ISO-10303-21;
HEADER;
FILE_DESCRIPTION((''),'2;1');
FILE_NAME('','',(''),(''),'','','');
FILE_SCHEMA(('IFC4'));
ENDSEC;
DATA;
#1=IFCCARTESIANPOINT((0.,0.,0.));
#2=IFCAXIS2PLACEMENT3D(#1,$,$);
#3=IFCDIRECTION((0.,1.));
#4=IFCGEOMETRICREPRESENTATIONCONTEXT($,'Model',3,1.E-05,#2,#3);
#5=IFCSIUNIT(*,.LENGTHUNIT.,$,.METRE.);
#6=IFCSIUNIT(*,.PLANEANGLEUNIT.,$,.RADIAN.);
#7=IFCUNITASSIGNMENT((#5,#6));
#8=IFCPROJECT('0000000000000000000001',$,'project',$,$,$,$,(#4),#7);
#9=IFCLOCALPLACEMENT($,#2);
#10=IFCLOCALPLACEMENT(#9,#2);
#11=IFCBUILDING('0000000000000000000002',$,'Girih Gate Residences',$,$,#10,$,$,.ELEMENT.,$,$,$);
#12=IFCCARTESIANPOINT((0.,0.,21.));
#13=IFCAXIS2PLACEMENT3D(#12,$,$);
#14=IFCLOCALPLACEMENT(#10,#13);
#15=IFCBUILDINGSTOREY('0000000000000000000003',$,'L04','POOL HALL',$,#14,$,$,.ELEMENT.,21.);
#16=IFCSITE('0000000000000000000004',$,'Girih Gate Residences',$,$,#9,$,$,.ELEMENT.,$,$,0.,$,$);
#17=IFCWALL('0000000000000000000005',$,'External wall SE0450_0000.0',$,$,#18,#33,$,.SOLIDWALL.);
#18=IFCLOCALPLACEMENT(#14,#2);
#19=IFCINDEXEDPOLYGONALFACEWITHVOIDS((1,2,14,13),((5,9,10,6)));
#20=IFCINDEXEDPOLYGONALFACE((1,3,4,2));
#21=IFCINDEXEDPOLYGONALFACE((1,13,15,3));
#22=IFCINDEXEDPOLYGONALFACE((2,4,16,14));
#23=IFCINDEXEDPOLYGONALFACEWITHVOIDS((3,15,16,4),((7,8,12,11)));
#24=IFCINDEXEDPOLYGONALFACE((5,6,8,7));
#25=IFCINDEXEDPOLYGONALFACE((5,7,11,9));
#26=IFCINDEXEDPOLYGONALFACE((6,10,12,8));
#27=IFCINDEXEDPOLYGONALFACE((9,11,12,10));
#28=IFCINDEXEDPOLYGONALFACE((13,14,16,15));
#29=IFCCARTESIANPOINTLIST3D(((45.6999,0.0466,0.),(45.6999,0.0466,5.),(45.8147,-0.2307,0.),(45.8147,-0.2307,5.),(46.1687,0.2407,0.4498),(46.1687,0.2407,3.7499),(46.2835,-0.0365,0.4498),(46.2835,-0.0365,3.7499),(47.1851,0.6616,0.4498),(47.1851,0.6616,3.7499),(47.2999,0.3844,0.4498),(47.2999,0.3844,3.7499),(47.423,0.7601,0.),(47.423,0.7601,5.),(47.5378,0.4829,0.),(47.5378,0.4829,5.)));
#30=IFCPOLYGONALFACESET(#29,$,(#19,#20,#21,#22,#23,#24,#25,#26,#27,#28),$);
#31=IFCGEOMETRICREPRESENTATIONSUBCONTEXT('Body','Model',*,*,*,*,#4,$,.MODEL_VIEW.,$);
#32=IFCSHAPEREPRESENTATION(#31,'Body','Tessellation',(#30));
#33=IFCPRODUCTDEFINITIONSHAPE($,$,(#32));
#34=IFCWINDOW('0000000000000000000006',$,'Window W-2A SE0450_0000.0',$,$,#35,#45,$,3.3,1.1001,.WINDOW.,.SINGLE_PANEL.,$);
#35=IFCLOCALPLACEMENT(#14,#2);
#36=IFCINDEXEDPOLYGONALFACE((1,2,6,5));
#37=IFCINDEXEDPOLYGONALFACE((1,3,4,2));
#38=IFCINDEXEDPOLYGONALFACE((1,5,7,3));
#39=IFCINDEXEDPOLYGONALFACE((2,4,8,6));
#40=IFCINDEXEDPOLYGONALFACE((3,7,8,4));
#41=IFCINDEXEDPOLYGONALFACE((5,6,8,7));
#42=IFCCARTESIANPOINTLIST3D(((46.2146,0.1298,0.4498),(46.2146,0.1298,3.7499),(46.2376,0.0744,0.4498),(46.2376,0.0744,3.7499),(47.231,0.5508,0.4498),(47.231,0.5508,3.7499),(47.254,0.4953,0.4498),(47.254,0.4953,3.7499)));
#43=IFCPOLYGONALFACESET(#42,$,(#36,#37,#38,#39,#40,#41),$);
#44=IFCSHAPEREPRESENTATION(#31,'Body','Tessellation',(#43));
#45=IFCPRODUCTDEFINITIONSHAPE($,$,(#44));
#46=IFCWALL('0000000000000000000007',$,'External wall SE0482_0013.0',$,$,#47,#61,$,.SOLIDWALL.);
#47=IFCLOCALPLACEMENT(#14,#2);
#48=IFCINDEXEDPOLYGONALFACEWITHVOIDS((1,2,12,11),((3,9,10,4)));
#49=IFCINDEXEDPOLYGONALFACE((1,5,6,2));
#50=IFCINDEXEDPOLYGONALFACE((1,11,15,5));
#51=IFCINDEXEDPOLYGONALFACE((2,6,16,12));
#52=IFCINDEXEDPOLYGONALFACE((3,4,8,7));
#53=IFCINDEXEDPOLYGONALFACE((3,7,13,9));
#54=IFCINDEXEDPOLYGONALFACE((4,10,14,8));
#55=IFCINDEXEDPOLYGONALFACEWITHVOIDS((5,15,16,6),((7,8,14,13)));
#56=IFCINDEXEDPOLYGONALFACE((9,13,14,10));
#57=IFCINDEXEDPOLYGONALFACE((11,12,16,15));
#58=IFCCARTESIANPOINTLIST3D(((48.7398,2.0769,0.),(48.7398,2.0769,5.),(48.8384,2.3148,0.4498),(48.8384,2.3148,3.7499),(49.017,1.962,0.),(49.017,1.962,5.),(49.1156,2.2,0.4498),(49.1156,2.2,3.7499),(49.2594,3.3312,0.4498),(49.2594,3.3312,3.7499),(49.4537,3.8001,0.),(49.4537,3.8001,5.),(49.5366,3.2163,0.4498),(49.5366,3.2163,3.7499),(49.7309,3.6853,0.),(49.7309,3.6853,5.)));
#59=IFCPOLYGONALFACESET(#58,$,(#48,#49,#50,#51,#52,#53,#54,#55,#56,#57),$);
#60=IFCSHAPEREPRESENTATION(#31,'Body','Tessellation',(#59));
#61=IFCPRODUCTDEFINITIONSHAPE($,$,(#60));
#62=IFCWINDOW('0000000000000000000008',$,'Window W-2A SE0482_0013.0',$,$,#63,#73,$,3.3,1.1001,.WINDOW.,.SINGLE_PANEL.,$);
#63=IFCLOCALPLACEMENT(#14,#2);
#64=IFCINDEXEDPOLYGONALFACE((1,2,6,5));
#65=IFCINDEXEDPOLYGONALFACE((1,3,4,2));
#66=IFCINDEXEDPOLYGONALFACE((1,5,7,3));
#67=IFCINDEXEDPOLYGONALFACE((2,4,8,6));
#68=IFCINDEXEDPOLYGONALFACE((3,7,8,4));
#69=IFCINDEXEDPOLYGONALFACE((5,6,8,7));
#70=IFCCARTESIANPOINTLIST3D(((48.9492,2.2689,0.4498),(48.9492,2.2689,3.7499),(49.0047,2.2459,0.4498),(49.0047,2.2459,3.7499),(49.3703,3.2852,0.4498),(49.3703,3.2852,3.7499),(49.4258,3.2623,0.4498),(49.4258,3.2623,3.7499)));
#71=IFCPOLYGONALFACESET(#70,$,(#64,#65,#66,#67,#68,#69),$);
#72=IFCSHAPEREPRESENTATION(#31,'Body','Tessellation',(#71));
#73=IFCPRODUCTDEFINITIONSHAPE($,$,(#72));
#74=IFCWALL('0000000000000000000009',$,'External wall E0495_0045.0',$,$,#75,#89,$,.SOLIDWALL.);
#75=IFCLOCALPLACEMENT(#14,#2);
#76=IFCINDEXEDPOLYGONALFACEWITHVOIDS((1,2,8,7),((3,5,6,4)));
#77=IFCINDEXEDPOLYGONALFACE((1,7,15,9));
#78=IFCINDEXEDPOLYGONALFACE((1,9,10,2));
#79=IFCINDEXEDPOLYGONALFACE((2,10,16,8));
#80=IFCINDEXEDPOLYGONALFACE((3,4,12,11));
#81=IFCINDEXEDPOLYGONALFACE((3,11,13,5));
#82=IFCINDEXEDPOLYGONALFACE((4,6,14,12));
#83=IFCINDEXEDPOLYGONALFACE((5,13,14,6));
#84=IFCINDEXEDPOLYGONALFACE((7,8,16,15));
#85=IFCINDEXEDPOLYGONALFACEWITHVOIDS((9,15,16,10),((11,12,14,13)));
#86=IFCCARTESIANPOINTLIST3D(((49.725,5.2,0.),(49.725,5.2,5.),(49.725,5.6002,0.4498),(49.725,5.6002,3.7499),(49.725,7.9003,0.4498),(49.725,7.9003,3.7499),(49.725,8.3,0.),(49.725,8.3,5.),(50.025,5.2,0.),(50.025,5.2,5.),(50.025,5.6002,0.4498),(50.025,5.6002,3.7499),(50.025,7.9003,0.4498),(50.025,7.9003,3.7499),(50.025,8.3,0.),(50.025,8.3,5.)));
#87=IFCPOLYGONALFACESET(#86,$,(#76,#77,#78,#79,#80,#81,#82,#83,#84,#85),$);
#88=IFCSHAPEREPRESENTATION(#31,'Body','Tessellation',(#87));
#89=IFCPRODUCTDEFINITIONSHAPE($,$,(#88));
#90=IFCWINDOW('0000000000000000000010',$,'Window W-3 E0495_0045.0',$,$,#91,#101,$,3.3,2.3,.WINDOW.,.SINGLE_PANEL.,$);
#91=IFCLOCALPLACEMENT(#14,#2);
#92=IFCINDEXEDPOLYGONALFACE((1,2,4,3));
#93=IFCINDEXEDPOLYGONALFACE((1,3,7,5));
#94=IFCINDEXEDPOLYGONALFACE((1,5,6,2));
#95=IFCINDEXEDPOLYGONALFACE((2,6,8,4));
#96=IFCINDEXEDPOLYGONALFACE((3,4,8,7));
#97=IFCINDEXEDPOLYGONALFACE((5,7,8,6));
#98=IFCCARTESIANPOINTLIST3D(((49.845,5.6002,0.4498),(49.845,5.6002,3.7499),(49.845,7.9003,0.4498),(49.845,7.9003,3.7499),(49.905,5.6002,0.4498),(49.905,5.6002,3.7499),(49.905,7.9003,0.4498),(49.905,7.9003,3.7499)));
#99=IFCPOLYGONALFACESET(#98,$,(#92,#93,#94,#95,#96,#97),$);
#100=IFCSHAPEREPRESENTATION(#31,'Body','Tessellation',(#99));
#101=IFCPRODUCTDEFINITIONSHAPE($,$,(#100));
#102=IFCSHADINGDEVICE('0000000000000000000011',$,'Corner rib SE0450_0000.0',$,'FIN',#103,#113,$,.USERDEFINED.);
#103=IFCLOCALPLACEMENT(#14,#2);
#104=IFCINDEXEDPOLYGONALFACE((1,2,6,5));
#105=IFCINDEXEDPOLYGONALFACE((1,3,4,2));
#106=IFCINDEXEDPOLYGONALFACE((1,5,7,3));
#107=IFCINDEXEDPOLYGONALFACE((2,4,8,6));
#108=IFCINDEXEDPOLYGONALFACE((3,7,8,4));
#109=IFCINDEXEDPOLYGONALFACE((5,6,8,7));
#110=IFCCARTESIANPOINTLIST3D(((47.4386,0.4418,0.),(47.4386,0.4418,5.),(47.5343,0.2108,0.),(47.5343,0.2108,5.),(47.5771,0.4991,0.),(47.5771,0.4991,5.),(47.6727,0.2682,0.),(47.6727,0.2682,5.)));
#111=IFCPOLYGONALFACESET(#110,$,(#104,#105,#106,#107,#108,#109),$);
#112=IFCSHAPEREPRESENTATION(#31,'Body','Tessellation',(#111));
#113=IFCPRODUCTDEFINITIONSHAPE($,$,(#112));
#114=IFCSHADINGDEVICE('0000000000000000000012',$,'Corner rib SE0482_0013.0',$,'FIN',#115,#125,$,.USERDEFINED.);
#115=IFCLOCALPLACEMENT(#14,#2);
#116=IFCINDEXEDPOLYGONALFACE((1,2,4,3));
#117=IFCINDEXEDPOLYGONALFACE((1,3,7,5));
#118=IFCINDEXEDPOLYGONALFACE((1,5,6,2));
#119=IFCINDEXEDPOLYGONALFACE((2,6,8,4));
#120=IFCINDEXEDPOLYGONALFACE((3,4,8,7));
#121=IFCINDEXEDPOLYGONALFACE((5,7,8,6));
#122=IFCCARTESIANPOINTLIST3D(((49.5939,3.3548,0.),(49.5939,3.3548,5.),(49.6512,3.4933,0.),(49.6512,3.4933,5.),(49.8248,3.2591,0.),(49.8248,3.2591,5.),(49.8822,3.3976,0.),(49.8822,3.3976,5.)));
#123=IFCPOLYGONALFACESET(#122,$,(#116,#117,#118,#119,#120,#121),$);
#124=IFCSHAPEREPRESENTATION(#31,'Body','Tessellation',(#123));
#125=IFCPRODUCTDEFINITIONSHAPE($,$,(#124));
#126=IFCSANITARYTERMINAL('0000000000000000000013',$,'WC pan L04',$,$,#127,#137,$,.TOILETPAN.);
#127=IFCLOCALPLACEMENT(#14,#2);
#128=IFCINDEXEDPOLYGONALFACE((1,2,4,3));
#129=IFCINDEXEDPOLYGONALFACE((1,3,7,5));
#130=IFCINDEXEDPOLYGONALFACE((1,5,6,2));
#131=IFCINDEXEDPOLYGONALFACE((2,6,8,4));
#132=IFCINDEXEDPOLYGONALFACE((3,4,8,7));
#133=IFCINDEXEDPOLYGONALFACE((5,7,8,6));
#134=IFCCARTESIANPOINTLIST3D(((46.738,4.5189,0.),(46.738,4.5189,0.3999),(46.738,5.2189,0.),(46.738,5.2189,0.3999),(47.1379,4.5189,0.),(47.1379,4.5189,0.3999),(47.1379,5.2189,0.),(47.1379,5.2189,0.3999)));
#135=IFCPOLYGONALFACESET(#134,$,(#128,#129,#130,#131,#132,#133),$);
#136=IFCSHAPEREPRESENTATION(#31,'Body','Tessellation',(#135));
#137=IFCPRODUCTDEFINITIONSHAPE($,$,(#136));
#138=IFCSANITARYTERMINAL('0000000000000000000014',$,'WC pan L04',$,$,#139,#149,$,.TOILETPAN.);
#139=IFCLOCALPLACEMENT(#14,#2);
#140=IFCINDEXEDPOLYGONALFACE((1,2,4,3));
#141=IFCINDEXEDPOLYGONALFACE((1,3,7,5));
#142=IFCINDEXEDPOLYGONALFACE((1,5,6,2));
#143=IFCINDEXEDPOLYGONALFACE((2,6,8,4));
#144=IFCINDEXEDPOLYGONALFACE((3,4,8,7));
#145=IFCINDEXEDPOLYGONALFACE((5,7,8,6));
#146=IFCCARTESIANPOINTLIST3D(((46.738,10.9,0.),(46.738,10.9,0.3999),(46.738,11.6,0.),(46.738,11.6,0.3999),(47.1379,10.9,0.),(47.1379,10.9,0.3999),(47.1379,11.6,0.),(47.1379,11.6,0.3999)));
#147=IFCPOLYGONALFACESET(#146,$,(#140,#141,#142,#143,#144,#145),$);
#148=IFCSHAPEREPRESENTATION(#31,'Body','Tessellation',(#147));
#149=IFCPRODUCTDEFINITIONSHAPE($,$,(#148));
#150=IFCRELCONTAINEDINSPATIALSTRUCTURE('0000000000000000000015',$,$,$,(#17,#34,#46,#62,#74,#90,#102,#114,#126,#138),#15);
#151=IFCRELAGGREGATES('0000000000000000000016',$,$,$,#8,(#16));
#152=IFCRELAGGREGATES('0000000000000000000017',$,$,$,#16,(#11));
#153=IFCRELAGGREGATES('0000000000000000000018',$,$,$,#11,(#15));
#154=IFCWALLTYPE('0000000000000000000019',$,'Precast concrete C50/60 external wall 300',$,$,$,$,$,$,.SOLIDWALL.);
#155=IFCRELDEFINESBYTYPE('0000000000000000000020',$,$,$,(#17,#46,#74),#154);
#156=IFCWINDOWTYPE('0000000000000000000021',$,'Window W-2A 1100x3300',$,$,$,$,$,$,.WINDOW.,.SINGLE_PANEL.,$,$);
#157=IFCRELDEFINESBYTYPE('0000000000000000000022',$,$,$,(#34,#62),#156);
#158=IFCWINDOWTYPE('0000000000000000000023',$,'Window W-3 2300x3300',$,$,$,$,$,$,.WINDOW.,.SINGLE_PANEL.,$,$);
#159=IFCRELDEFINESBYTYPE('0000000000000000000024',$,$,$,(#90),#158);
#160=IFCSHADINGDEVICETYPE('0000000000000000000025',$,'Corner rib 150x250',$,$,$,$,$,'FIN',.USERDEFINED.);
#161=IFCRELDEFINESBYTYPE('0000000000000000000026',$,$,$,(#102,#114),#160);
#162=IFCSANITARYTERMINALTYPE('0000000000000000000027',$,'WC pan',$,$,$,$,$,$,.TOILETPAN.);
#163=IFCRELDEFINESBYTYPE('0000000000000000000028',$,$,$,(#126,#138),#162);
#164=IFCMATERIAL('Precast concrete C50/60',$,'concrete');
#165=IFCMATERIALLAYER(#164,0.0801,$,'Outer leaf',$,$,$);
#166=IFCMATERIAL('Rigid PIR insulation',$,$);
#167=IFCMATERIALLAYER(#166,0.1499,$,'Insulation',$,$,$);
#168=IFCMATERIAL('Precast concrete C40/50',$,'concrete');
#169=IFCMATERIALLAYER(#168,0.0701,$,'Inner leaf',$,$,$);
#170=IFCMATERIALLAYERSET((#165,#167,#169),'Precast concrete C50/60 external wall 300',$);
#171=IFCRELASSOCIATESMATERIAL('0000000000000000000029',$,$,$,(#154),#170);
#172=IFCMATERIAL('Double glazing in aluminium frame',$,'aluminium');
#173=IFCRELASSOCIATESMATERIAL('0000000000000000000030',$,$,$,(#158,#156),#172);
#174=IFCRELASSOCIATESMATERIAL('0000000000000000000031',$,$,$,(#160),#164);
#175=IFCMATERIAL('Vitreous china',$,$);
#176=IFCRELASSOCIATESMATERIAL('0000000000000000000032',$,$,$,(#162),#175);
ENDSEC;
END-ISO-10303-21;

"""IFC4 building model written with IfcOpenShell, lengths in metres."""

from ifc_helpers import new_model, si_unit, direction, frame, frame_2d, origin, origin_2d, place, context, subcontext, project, spatial, rectangle, extrude, material, layer, layer_set, type_object, element, fill, save


model = new_model("IFC4")

# Units and contexts
model_context = context("Model", 3, precision=1e-05, world=origin(), true_north=direction((0.0, 1.0)))
body_context = subcontext(model_context, "Body", "Model", "MODEL_VIEW")
ifc_project = project(units=[si_unit("LENGTHUNIT", "METRE"), si_unit("PLANEANGLEUNIT", "RADIAN")], contexts=[model_context])

# Site, building, storey
site_placement = place(None, origin())
site = spatial("IfcSite", under=ifc_project, at=site_placement, Name="Girih Gate Residences", CompositionType="ELEMENT", RefElevation=0.0)
building_placement = place(site_placement, origin())
building = spatial("IfcBuilding", under=site, at=building_placement, Name="Girih Gate Residences", CompositionType="ELEMENT")
storey_placement = place(building_placement, frame((0.0, 0.0, 21.0)))
storey = spatial("IfcBuildingStorey", under=building, at=storey_placement, Name="L04", Description="POOL HALL", CompositionType="ELEMENT", Elevation=21.0)

# Walls, openings, windows
ifc_material_1 = material(Name="Precast concrete C50/60", Category="concrete")
ifc_layer_1 = layer(ifc_material_1, 0.0801, Name="Outer leaf")
ifc_material_2 = material(Name="Rigid PIR insulation")
ifc_layer_2 = layer(ifc_material_2, 0.1499, Name="Insulation")
ifc_material_3 = material(Name="Precast concrete C40/50", Category="concrete")
ifc_layer_3 = layer(ifc_material_3, 0.0701, Name="Inner leaf")
ifc_layer_set_1 = layer_set([ifc_layer_1, ifc_layer_2, ifc_layer_3], Name="Precast concrete C50/60 external wall 300")
wall_type_1 = type_object("IfcWallType", Name="Precast concrete C50/60 external wall 300", PredefinedType="SOLIDWALL", material=ifc_layer_set_1)
ifc_material_4 = material(Name="Double glazing in aluminium frame", Category="aluminium")
window_type_1 = type_object("IfcWindowType", Name="Window W-3 2300x3300", PartitioningType="SINGLE_PANEL", PredefinedType="WINDOW", material=ifc_material_4)
wall_1_placement = place(storey_placement, frame((47.4805, 0.6216, 0.0), z_axis=(0.0, 0.0, 1.0), x_axis=(-0.923904, -0.382625, 0.0)))
wall_1 = element("IfcWall", 1, at=wall_1_placement, inside=storey, type_object=wall_type_1, Name="External wall SE0450_0000.0", PredefinedType="SOLIDWALL", context=body_context, shape_type="SweptSolid", body=[
    extrude(rectangle(XDim=1.865, YDim=0.3, at=frame_2d((0.9326, 0.0))), origin(), (0.0, 0.0, 1.0), 5.0),
])
opening_1_placement = place(wall_1_placement, frame((0.2576, 0.0, 0.45)))
opening_1 = element("IfcOpeningElement", 2, at=opening_1_placement, cuts=wall_1, PredefinedType="OPENING", context=body_context, shape_type="SweptSolid", body=[
    extrude(rectangle(XDim=1.1001, YDim=3.3, at=frame_2d((0.55, 1.6499))), frame((0.0, 0.1599, 0.0), z_axis=(0.0, -1.0, 0.0), x_axis=(1.0, 0.0, 0.0)), (0.0, 0.0, 1.0), 0.3201),
])
window_type_2 = type_object("IfcWindowType", Name="Window W-2A 1100x3300", PartitioningType="SINGLE_PANEL", PredefinedType="WINDOW", material=ifc_material_4)
window_1_placement = place(opening_1_placement, origin())
window_1 = element("IfcWindow", 3, at=window_1_placement, inside=storey, type_object=window_type_2, Name="Window W-2A SE0450_0000.0", OverallHeight=3.3, OverallWidth=1.1001, PartitioningType="SINGLE_PANEL", PredefinedType="WINDOW", context=body_context, shape_type="SweptSolid", body=[
    extrude(rectangle(XDim=1.1001, YDim=3.3, at=frame_2d((0.55, 1.6499))), frame((0.0, 0.03, 0.0), z_axis=(0.0, -1.0, 0.0), x_axis=(1.0, 0.0, 0.0)), (0.0, 0.0, 1.0), 0.0601),
])
fill(opening_1, window_1)
wall_2_placement = place(storey_placement, frame((49.5923, 3.7427, 0.0), z_axis=(0.0, 0.0, 1.0), x_axis=(-0.382737, -0.923857, 0.0)))
wall_2 = element("IfcWall", 4, at=wall_2_placement, inside=storey, type_object=wall_type_1, Name="External wall SE0482_0013.0", PredefinedType="SOLIDWALL", context=body_context, shape_type="SweptSolid", body=[
    extrude(rectangle(XDim=1.8652, YDim=0.3, at=frame_2d((0.9326, 0.0))), origin(), (0.0, 0.0, 1.0), 5.0),
])
opening_2_placement = place(wall_2_placement, frame((0.5076, 0.0, 0.45)))
opening_2 = element("IfcOpeningElement", 5, at=opening_2_placement, cuts=wall_2, PredefinedType="OPENING", context=body_context, shape_type="SweptSolid", body=[
    extrude(rectangle(XDim=1.1001, YDim=3.3, at=frame_2d((0.55, 1.6499))), frame((0.0, 0.1599, 0.0), z_axis=(0.0, -1.0, 0.0), x_axis=(1.0, 0.0, 0.0)), (0.0, 0.0, 1.0), 0.3201),
])
window_2_placement = place(opening_2_placement, origin())
window_2 = element("IfcWindow", 6, at=window_2_placement, inside=storey, type_object=window_type_2, Name="Window W-2A SE0482_0013.0", OverallHeight=3.3, OverallWidth=1.1001, PartitioningType="SINGLE_PANEL", PredefinedType="WINDOW", context=body_context, shape_type="SweptSolid", body=[
    extrude(rectangle(XDim=1.1001, YDim=3.3, at=frame_2d((0.55, 1.6499))), frame((0.0, 0.03, 0.0), z_axis=(0.0, -1.0, 0.0), x_axis=(1.0, 0.0, 0.0)), (0.0, 0.0, 1.0), 0.0601),
])
fill(opening_2, window_2)
wall_3_placement = place(storey_placement, frame((49.875, 8.3, 0.0), z_axis=(0.0, 0.0, 1.0), x_axis=(0.0, -1.0, 0.0)))
wall_3 = element("IfcWall", 7, at=wall_3_placement, inside=storey, type_object=wall_type_1, Name="External wall E0495_0045.0", PredefinedType="SOLIDWALL", context=body_context, shape_type="SweptSolid", body=[
    extrude(rectangle(XDim=3.1001, YDim=0.3, at=frame_2d((1.55, 0.0))), origin(), (0.0, 0.0, 1.0), 5.0),
])
opening_3_placement = place(wall_3_placement, frame((0.3999, 0.0, 0.45)))
opening_3 = element("IfcOpeningElement", 8, at=opening_3_placement, cuts=wall_3, PredefinedType="OPENING", context=body_context, shape_type="SweptSolid", body=[
    extrude(rectangle(XDim=2.3, YDim=3.3, at=frame_2d((1.1499, 1.6499))), frame((0.0, 0.1599, 0.0), z_axis=(0.0, -1.0, 0.0), x_axis=(1.0, 0.0, 0.0)), (0.0, 0.0, 1.0), 0.3201),
])
window_3_placement = place(opening_3_placement, origin())
window_3 = element("IfcWindow", 9, at=window_3_placement, inside=storey, type_object=window_type_1, Name="Window W-3 E0495_0045.0", OverallHeight=3.3, OverallWidth=2.3, PartitioningType="SINGLE_PANEL", PredefinedType="WINDOW", context=body_context, shape_type="SweptSolid", body=[
    extrude(rectangle(XDim=2.3, YDim=3.3, at=frame_2d((1.1499, 1.6499))), frame((0.0, 0.03, 0.0), z_axis=(0.0, -1.0, 0.0), x_axis=(1.0, 0.0, 0.0)), (0.0, 0.0, 1.0), 0.0601),
])
fill(opening_3, window_3)

# Shading devices
shading_device_type = type_object("IfcShadingDeviceType", Name="Corner rib 150x250", ElementType="FIN", PredefinedType="USERDEFINED", material=ifc_material_1)
for number, where, z_axis, x_axis, name in (
    (10, (47.5557, 0.355, 0.0), (0.0, 0.0, 1.0), (0.92388, 0.382683, 0.0), "Corner rib SE0450_0000.0"),
    (11, (49.738, 3.3762, 0.0), (0.0, 0.0, 1.0), (0.382683, 0.92388, 0.0), "Corner rib SE0482_0013.0"),
):
    element("IfcShadingDevice", number, at=place(storey_placement, frame(where, z_axis=z_axis, x_axis=x_axis)), inside=storey, type_object=shading_device_type, Name=name, ObjectType="FIN", PredefinedType="USERDEFINED", context=body_context, shape_type="SweptSolid", body=[
        extrude(rectangle(XDim=0.1499, YDim=0.25, at=origin_2d()), origin(), (0.0, 0.0, 1.0), 5.0),
    ])

# Sanitary terminals
ifc_material_5 = material(Name="Vitreous china")
sanitary_terminal_type = type_object("IfcSanitaryTerminalType", Name="WC pan", PredefinedType="TOILETPAN", material=ifc_material_5)
for number, where, z_axis, x_axis, name in (
    (12, (46.938, 4.8689, 0.0), (0.0, 0.0, 1.0), (1.0, 0.0, 0.0), "WC pan L04"),
    (13, (46.938, 11.25, 0.0), (0.0, 0.0, 1.0), (1.0, 0.0, 0.0), "WC pan L04"),
):
    element("IfcSanitaryTerminal", number, at=place(storey_placement, frame(where, z_axis=z_axis, x_axis=x_axis)), inside=storey, type_object=sanitary_terminal_type, Name=name, PredefinedType="TOILETPAN", context=body_context, shape_type="SweptSolid", body=[
        extrude(rectangle(XDim=0.3999, YDim=0.7, at=origin_2d()), origin(), (0.0, 0.0, 1.0), 0.3999),
    ])

save(model, "model.ifc")
